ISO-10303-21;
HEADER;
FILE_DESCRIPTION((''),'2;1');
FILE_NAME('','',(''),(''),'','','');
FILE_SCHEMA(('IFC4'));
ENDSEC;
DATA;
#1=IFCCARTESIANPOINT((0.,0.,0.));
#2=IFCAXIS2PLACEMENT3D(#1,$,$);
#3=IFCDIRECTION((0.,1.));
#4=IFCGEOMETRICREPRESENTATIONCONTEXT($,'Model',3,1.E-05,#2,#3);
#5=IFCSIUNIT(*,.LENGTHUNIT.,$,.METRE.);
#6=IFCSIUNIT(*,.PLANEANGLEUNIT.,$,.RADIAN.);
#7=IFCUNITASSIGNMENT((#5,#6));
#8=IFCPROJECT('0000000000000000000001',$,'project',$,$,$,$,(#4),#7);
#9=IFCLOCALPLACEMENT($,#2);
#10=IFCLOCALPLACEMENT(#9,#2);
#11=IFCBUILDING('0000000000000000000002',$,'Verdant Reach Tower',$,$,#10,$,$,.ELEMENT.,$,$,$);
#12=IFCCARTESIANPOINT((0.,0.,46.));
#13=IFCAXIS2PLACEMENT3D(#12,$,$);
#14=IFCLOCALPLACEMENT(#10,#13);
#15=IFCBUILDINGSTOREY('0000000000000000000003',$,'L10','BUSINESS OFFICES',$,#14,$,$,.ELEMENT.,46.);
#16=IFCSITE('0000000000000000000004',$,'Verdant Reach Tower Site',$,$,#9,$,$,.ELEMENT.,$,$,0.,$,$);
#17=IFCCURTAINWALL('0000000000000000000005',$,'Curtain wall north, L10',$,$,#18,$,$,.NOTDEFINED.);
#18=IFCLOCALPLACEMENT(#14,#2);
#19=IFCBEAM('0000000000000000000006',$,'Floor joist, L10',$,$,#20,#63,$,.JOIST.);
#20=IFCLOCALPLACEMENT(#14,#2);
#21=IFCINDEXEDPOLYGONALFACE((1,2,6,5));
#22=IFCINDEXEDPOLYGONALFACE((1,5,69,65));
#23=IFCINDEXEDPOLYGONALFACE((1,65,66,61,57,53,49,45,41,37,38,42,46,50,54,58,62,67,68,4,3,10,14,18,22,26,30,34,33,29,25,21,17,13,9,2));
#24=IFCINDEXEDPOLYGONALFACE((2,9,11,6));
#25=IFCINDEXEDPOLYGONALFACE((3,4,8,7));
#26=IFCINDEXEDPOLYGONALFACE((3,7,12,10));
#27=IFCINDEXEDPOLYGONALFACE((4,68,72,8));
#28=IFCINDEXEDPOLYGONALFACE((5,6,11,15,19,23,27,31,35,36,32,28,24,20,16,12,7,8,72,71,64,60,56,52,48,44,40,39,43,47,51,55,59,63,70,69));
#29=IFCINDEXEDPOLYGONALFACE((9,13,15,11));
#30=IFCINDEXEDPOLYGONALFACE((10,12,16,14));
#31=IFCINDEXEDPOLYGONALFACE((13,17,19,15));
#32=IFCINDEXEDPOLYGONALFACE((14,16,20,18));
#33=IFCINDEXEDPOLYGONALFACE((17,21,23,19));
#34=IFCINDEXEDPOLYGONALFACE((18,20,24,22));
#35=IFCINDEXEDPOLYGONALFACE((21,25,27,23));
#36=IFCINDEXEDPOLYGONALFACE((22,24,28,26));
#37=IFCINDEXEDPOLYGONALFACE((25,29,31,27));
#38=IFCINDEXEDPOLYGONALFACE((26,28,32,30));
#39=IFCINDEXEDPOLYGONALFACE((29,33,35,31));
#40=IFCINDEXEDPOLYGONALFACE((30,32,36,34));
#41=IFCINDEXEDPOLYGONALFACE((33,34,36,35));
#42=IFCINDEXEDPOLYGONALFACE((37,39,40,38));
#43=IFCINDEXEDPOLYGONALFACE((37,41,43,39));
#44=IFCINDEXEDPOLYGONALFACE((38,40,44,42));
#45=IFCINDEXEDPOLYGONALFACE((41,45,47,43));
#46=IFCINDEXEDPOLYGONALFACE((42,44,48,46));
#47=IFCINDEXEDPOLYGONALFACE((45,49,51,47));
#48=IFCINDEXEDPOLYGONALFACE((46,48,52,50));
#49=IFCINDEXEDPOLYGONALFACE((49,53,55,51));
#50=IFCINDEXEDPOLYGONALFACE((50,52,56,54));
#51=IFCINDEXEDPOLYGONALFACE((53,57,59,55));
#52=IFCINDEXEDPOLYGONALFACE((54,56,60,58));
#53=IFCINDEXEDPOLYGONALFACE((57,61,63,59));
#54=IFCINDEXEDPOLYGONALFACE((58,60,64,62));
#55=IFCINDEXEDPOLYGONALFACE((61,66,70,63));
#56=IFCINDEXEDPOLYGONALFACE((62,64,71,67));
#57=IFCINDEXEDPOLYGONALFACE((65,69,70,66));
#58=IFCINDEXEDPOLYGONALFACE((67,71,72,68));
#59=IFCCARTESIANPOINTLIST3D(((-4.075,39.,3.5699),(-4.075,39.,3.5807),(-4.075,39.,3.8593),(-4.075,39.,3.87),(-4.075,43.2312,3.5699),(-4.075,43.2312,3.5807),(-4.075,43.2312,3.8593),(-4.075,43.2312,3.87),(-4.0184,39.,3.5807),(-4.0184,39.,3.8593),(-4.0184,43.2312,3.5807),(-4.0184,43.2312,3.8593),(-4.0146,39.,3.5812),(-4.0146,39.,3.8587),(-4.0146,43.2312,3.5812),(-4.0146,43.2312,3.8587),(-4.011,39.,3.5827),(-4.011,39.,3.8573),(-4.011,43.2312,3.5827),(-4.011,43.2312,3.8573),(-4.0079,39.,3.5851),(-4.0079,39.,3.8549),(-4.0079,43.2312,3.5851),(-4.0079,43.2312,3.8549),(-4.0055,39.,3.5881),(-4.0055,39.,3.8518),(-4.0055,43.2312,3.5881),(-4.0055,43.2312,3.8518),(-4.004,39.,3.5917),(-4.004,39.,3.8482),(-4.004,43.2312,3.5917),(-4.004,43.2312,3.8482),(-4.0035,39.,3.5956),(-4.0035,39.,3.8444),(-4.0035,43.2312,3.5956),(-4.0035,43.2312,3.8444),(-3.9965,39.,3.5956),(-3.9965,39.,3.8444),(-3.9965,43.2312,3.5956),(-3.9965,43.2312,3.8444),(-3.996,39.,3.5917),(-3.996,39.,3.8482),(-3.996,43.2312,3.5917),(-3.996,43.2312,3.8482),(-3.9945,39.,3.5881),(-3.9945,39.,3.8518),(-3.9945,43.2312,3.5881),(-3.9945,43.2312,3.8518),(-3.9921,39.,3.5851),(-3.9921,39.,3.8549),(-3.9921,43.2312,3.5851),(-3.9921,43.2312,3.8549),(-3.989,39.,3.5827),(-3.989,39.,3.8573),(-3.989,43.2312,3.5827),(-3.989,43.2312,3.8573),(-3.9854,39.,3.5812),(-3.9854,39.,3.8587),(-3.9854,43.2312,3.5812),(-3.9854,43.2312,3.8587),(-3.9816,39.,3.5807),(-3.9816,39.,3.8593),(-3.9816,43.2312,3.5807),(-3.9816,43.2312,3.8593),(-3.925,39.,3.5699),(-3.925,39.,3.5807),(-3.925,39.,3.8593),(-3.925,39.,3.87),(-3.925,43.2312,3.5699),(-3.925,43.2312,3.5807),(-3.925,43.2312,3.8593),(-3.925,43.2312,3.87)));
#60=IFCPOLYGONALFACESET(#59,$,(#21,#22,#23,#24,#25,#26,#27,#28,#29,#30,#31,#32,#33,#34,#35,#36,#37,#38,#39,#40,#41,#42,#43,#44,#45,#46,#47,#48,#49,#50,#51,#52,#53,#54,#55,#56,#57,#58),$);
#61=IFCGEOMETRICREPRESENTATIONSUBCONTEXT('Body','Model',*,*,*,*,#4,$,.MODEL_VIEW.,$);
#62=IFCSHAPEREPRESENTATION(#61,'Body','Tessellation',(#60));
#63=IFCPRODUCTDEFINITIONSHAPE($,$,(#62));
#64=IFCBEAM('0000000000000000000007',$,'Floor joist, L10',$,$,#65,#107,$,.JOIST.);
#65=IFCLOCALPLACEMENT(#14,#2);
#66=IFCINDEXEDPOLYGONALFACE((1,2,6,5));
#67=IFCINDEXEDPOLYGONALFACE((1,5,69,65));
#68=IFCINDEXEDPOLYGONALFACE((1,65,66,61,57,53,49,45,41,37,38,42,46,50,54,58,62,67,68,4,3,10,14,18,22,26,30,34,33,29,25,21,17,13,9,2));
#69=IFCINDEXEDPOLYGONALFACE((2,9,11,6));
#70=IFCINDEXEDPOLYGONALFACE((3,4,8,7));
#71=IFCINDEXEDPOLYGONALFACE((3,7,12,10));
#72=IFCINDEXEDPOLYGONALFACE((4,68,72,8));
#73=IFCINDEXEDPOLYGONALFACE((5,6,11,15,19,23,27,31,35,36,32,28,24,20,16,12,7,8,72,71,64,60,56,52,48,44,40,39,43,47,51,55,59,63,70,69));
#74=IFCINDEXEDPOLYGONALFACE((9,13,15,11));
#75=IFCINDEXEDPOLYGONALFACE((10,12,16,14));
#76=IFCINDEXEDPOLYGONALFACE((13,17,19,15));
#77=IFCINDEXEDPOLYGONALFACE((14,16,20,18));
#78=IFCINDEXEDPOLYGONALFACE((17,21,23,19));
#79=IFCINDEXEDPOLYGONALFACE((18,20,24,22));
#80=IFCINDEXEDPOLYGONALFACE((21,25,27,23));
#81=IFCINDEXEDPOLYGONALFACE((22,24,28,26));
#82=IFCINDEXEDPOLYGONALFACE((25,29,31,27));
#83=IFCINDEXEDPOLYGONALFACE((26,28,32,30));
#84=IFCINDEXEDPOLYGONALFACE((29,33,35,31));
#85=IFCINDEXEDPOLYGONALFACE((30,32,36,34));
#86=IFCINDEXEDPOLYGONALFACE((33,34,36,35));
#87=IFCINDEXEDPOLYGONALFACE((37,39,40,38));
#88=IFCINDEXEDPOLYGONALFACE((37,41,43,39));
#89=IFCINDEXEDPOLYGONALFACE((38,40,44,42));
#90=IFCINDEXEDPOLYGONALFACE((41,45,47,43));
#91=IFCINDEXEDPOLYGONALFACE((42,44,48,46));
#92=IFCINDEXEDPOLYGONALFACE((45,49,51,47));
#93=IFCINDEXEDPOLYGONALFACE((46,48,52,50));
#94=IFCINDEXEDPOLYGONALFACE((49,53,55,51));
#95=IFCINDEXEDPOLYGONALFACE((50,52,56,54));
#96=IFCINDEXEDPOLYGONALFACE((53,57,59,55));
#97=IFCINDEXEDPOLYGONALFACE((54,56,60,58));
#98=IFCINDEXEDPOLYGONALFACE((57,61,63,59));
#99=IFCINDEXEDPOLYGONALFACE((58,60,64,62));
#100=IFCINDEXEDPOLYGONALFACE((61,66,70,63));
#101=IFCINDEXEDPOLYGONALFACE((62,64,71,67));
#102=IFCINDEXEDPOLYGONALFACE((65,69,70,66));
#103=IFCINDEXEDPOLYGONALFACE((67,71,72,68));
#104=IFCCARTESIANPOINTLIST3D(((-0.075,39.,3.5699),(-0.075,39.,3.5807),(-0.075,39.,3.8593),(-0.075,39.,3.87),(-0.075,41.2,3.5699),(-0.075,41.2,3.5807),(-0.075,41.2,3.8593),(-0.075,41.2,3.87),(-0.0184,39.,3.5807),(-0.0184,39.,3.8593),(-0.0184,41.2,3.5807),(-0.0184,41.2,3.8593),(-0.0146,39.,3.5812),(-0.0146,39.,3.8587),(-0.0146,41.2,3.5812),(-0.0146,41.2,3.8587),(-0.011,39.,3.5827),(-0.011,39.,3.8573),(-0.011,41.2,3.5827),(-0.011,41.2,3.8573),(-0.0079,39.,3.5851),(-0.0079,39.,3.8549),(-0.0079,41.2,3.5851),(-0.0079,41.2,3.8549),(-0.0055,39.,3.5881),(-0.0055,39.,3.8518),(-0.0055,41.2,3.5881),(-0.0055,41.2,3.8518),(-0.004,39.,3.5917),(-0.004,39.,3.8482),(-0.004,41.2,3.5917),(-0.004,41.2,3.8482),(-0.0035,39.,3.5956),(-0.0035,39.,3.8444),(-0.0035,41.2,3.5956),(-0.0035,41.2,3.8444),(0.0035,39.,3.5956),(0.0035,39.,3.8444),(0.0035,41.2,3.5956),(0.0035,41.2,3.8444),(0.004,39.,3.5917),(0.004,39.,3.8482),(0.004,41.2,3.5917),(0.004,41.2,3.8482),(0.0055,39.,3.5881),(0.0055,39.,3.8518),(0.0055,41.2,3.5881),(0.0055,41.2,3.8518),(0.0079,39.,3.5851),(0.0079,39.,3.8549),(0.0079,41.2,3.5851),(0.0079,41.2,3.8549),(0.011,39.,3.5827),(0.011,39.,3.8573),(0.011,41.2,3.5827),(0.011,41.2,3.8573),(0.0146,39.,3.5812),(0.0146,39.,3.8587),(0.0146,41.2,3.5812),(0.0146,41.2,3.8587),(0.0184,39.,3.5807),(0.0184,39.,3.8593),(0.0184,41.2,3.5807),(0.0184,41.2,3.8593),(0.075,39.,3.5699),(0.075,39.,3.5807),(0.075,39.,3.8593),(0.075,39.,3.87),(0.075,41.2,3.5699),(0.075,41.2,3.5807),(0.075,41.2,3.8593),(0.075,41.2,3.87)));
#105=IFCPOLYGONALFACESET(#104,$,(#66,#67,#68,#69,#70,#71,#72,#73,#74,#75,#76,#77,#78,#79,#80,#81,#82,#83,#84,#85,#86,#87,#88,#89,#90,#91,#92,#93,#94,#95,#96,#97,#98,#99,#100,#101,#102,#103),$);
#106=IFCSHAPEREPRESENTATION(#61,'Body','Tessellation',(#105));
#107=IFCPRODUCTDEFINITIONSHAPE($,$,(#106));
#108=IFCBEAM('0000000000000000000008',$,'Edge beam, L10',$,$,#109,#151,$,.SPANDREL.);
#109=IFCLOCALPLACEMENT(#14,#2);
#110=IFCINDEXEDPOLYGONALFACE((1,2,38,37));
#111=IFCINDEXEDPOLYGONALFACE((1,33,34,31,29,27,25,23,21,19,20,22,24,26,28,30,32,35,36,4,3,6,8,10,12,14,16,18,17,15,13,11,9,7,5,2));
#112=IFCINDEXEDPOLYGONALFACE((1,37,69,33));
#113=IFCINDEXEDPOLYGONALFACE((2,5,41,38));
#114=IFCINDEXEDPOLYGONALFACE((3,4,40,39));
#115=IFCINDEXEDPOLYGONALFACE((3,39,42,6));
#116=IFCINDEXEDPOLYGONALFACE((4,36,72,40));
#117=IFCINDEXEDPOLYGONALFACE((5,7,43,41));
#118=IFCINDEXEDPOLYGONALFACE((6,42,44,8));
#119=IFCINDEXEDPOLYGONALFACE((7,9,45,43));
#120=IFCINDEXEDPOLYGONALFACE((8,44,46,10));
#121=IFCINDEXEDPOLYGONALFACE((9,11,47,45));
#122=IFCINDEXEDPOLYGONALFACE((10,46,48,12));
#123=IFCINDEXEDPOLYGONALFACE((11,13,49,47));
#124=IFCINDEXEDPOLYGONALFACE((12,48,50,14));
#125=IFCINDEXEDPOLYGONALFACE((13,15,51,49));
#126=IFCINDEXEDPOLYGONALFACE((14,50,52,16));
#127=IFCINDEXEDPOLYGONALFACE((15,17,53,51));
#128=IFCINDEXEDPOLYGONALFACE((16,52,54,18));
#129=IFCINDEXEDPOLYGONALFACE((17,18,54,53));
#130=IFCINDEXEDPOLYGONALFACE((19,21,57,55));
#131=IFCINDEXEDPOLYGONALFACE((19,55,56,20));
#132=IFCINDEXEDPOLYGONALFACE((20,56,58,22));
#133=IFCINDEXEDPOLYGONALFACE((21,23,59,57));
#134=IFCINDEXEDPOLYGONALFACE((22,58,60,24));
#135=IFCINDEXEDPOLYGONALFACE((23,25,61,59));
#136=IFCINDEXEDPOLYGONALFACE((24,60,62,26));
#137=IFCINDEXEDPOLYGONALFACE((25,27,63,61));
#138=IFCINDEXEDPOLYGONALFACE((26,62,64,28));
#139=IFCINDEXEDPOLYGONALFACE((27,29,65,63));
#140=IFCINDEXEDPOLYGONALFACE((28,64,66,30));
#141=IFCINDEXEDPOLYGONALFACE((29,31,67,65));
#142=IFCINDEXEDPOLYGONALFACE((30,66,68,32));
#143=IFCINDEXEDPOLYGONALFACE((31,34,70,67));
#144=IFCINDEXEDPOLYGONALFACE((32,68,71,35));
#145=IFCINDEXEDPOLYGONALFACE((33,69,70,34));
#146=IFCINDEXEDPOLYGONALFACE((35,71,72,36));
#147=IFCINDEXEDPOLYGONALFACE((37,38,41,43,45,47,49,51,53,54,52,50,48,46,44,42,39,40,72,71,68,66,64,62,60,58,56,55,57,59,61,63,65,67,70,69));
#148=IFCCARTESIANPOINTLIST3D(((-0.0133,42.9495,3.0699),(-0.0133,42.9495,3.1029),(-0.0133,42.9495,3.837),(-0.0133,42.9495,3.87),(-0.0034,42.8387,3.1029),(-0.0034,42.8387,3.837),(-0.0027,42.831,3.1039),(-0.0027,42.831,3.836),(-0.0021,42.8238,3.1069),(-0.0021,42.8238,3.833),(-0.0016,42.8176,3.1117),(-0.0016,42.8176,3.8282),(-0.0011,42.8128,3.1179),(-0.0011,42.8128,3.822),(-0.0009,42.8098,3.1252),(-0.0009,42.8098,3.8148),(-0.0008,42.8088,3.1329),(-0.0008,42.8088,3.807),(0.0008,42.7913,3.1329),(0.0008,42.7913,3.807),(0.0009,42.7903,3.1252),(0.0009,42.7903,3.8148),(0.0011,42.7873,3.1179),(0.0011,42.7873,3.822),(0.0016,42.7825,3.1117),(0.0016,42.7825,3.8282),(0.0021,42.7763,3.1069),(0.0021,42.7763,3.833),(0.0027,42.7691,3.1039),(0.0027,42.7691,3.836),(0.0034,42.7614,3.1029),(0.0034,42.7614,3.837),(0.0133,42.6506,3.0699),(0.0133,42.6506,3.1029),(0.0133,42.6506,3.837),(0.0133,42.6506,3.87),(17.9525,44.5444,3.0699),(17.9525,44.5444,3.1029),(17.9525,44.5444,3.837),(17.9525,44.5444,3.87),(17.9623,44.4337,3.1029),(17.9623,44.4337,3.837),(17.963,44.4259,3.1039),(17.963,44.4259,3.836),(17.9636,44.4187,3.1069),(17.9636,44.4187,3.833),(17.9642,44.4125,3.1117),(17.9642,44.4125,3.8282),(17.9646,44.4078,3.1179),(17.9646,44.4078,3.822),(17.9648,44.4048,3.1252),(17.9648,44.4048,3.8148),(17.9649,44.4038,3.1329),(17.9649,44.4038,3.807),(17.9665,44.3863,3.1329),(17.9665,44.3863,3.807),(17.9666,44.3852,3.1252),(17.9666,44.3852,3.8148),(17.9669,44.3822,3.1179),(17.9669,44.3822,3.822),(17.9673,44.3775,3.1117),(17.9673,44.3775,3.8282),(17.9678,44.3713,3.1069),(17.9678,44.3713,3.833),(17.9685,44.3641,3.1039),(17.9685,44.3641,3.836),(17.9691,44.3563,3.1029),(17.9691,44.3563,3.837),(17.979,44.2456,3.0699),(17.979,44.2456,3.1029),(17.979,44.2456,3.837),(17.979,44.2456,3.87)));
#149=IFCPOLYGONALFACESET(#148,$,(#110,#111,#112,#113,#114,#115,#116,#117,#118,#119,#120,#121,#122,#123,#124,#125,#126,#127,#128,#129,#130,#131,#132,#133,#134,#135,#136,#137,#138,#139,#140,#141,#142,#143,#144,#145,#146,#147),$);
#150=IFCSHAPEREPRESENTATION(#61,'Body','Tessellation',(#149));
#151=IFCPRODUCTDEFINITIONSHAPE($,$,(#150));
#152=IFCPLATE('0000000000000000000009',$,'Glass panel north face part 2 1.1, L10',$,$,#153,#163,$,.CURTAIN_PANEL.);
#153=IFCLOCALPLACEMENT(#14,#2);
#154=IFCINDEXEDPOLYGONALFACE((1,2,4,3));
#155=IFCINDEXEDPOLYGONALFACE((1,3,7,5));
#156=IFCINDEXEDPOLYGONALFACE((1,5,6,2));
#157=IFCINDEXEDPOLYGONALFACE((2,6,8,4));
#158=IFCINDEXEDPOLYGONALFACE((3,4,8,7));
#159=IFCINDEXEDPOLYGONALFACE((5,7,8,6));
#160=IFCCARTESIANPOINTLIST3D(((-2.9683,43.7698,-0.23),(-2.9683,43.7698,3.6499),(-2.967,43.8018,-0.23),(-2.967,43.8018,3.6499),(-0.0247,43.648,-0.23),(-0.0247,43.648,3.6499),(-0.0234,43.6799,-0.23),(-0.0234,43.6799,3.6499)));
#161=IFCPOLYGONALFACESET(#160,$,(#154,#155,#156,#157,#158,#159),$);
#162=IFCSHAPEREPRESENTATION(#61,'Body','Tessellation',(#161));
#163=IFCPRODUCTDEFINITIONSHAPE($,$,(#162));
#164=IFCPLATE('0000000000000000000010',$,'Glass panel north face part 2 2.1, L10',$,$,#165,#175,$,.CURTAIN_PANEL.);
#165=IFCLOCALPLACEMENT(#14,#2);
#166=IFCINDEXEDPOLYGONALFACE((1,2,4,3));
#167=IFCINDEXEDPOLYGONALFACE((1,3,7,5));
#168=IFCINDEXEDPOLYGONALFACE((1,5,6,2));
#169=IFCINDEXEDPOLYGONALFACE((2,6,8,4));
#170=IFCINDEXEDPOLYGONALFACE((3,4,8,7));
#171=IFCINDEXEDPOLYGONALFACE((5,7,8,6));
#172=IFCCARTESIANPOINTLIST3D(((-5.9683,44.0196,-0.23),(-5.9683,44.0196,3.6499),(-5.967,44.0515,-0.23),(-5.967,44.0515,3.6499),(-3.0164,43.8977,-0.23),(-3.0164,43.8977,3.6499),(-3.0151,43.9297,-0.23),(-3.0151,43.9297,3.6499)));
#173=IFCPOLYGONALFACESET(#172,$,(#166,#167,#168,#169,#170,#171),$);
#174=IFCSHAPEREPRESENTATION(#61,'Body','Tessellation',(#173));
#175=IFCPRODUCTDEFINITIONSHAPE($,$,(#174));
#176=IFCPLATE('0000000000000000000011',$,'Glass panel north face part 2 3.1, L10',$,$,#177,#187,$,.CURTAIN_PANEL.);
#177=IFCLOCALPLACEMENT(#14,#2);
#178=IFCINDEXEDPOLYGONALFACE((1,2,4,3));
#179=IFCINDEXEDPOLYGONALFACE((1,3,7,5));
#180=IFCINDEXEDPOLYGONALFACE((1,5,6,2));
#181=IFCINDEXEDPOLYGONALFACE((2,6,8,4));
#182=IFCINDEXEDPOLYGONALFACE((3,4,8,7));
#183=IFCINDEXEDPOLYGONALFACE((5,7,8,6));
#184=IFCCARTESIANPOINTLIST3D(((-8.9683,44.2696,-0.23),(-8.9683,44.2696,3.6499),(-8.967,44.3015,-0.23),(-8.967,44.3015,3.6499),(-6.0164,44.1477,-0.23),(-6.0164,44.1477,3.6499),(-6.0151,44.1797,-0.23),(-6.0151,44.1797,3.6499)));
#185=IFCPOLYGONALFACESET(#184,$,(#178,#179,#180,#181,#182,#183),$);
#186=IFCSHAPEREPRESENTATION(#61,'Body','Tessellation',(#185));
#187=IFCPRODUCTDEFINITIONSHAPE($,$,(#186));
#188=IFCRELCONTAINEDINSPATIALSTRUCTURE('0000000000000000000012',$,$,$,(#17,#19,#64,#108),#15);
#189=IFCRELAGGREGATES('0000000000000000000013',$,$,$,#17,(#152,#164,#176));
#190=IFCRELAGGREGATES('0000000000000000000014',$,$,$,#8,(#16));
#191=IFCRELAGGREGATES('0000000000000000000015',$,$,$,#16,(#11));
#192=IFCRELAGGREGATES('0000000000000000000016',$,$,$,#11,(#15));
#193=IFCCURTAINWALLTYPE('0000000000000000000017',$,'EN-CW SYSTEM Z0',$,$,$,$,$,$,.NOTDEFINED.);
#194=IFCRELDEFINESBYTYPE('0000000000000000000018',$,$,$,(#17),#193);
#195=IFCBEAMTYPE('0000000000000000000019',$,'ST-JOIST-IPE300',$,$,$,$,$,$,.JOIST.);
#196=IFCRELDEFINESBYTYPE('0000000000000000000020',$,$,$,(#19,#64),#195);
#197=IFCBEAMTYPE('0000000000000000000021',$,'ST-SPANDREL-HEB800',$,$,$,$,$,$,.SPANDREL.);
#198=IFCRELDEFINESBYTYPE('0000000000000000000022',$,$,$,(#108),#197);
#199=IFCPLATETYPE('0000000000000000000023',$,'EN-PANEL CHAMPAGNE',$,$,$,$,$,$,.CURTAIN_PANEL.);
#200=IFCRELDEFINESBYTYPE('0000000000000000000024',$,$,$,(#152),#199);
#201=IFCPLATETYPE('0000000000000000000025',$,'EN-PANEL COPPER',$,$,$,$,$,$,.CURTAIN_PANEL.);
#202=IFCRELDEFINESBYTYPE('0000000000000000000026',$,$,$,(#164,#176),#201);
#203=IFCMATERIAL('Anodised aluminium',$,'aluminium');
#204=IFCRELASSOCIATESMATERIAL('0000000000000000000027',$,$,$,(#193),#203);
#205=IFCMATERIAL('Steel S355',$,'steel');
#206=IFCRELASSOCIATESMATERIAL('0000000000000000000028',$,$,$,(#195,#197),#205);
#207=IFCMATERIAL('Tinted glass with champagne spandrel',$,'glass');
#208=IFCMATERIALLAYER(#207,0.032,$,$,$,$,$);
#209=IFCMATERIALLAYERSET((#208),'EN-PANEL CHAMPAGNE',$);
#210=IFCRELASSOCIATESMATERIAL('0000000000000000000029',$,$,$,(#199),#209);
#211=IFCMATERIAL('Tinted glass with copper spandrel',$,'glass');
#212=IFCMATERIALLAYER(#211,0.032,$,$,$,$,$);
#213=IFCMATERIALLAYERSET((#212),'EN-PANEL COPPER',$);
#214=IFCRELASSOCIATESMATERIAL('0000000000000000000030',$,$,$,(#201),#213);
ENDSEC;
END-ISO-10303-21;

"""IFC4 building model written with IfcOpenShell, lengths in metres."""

from ifc_helpers import new_model, si_unit, direction, frame, origin, origin_2d, place, context, subcontext, project, spatial, rectangle, i_section, extrude, material, layer, layer_set, material_profile, profile_set, type_object, element, aggregate, save


model = new_model("IFC4")

# Units and contexts
model_context = context("Model", 3, precision=1e-05, world=origin(), true_north=direction((0.0, 1.0)))
body_context = subcontext(model_context, "Body", "Model", "MODEL_VIEW")
ifc_project = project(units=[si_unit("LENGTHUNIT", "METRE"), si_unit("PLANEANGLEUNIT", "RADIAN")], contexts=[model_context])

# Site, building, storey
site_placement = place(None, origin())
site = spatial("IfcSite", under=ifc_project, at=site_placement, Name="Verdant Reach Tower Site", CompositionType="ELEMENT", RefElevation=0.0)
building_placement = place(site_placement, origin())
building = spatial("IfcBuilding", under=site, at=building_placement, Name="Verdant Reach Tower", CompositionType="ELEMENT")
storey_placement = place(building_placement, frame((0.0, 0.0, 46.0)))
storey = spatial("IfcBuildingStorey", under=building, at=storey_placement, Name="L10", Description="BUSINESS OFFICES", CompositionType="ELEMENT", Elevation=46.0)

# Curtain wall
ifc_material_1 = material(Name="Anodised aluminium", Category="aluminium")
curtain_wall_type = type_object("IfcCurtainWallType", Name="EN-CW SYSTEM Z0", PredefinedType="NOTDEFINED", material=ifc_material_1)
curtain_wall_placement = place(storey_placement, origin())
curtain_wall = element("IfcCurtainWall", 1, at=curtain_wall_placement, inside=storey, type_object=curtain_wall_type, Name="Curtain wall north, L10", PredefinedType="NOTDEFINED")

# Beams
ifc_material_2 = material(Name="Steel S355", Category="steel")
ifc_material_profile_1 = material_profile(ifc_material_2, i_section(OverallWidth=0.1499, OverallDepth=0.3, WebThickness=0.0071, FlangeThickness=0.0107, FilletRadius=0.0149, at=origin_2d()), Name="IPE 300")
ifc_profile_set_1 = profile_set([ifc_material_profile_1], Name="Steel S355")
beam_type_1 = type_object("IfcBeamType", Name="ST-JOIST-IPE300", PredefinedType="JOIST", material=ifc_profile_set_1)
beam_1_placement = place(storey_placement, frame((-4.0, 39.0, 3.72), z_axis=(0.0, 1.0, 0.0), x_axis=(-1.0, 0.0, 0.0)))
element("IfcBeam", 2, at=beam_1_placement, inside=storey, type_object=beam_type_1, Name="Floor joist, L10", PredefinedType="JOIST", context=body_context, shape_type="SweptSolid", body=[
    extrude(i_section(OverallWidth=0.1499, OverallDepth=0.3, WebThickness=0.0071, FlangeThickness=0.0107, FilletRadius=0.0149, at=origin_2d()), origin(), (0.0, 0.0, 1.0), 4.2312),
])
beam_2_placement = place(storey_placement, frame((0.0, 39.0, 3.72), z_axis=(0.0, 1.0, 0.0), x_axis=(-1.0, 0.0, 0.0)))
element("IfcBeam", 3, at=beam_2_placement, inside=storey, type_object=beam_type_1, Name="Floor joist, L10", PredefinedType="JOIST", context=body_context, shape_type="SweptSolid", body=[
    extrude(i_section(OverallWidth=0.1499, OverallDepth=0.3, WebThickness=0.0071, FlangeThickness=0.0107, FilletRadius=0.0149, at=origin_2d()), origin(), (0.0, 0.0, 1.0), 2.2),
])
ifc_material_profile_2 = material_profile(ifc_material_2, i_section(OverallWidth=0.3, OverallDepth=0.8, WebThickness=0.0176, FlangeThickness=0.033, FilletRadius=0.03, at=origin_2d()), Name="HEB 800")
ifc_profile_set_2 = profile_set([ifc_material_profile_2], Name="Steel S355")
beam_type_2 = type_object("IfcBeamType", Name="ST-SPANDREL-HEB800", PredefinedType="SPANDREL", material=ifc_profile_set_2)
beam_3_placement = place(storey_placement, frame((0.0, 42.8, 3.47), z_axis=(0.996082, 0.08843, 0.0), x_axis=(-0.08843, 0.996082, 0.0)))
element("IfcBeam", 4, at=beam_3_placement, inside=storey, type_object=beam_type_2, Name="Edge beam, L10", PredefinedType="SPANDREL", context=body_context, shape_type="SweptSolid", body=[
    extrude(i_section(OverallWidth=0.3, OverallDepth=0.8, WebThickness=0.0176, FlangeThickness=0.033, FilletRadius=0.03, at=origin_2d()), origin(), (0.0, 0.0, 1.0), 18.0364),
])

# Plates
ifc_material_3 = material(Name="Tinted glass with champagne spandrel", Category="glass")
ifc_layer_1 = layer(ifc_material_3, 0.032)
ifc_layer_set_1 = layer_set([ifc_layer_1], Name="EN-PANEL CHAMPAGNE")
plate_type_1 = type_object("IfcPlateType", Name="EN-PANEL CHAMPAGNE", PredefinedType="CURTAIN_PANEL", material=ifc_layer_set_1)
plate_1_placement = place(storey_placement, frame((-1.4958, 43.7249, -0.23), z_axis=(0.0, 0.0, 1.0), x_axis=(-0.999144, 0.041357, 0.0)))
plate_1 = element("IfcPlate", 5, at=plate_1_placement, type_object=plate_type_1, Name="Glass panel north face part 2 1.1, L10", PredefinedType="CURTAIN_PANEL", context=body_context, shape_type="SweptSolid", body=[
    extrude(rectangle(XDim=2.946, YDim=0.032, at=origin_2d()), origin(), (0.0, 0.0, 1.0), 3.8799),
])
ifc_material_4 = material(Name="Tinted glass with copper spandrel", Category="glass")
ifc_layer_2 = layer(ifc_material_4, 0.032)
ifc_layer_set_2 = layer_set([ifc_layer_2], Name="EN-PANEL COPPER")
plate_type_2 = type_object("IfcPlateType", Name="EN-PANEL COPPER", PredefinedType="CURTAIN_PANEL", material=ifc_layer_set_2)
plate_2_placement = place(storey_placement, frame((-4.4917, 43.9746, -0.23), z_axis=(0.0, 0.0, 1.0), x_axis=(-0.999149, 0.041242, 0.0)))
plate_2 = element("IfcPlate", 6, at=plate_2_placement, type_object=plate_type_2, Name="Glass panel north face part 2 2.1, L10", PredefinedType="CURTAIN_PANEL", context=body_context, shape_type="SweptSolid", body=[
    extrude(rectangle(XDim=2.9543, YDim=0.032, at=origin_2d()), origin(), (0.0, 0.0, 1.0), 3.8799),
])
plate_3_placement = place(storey_placement, frame((-7.4917, 44.2246, -0.23), z_axis=(0.0, 0.0, 1.0), x_axis=(-0.999149, 0.041242, 0.0)))
plate_3 = element("IfcPlate", 7, at=plate_3_placement, type_object=plate_type_2, Name="Glass panel north face part 2 3.1, L10", PredefinedType="CURTAIN_PANEL", context=body_context, shape_type="SweptSolid", body=[
    extrude(rectangle(XDim=2.9543, YDim=0.032, at=origin_2d()), origin(), (0.0, 0.0, 1.0), 3.8799),
])
aggregate(curtain_wall, [plate_1, plate_2, plate_3])

save(model, "model.ifc")
